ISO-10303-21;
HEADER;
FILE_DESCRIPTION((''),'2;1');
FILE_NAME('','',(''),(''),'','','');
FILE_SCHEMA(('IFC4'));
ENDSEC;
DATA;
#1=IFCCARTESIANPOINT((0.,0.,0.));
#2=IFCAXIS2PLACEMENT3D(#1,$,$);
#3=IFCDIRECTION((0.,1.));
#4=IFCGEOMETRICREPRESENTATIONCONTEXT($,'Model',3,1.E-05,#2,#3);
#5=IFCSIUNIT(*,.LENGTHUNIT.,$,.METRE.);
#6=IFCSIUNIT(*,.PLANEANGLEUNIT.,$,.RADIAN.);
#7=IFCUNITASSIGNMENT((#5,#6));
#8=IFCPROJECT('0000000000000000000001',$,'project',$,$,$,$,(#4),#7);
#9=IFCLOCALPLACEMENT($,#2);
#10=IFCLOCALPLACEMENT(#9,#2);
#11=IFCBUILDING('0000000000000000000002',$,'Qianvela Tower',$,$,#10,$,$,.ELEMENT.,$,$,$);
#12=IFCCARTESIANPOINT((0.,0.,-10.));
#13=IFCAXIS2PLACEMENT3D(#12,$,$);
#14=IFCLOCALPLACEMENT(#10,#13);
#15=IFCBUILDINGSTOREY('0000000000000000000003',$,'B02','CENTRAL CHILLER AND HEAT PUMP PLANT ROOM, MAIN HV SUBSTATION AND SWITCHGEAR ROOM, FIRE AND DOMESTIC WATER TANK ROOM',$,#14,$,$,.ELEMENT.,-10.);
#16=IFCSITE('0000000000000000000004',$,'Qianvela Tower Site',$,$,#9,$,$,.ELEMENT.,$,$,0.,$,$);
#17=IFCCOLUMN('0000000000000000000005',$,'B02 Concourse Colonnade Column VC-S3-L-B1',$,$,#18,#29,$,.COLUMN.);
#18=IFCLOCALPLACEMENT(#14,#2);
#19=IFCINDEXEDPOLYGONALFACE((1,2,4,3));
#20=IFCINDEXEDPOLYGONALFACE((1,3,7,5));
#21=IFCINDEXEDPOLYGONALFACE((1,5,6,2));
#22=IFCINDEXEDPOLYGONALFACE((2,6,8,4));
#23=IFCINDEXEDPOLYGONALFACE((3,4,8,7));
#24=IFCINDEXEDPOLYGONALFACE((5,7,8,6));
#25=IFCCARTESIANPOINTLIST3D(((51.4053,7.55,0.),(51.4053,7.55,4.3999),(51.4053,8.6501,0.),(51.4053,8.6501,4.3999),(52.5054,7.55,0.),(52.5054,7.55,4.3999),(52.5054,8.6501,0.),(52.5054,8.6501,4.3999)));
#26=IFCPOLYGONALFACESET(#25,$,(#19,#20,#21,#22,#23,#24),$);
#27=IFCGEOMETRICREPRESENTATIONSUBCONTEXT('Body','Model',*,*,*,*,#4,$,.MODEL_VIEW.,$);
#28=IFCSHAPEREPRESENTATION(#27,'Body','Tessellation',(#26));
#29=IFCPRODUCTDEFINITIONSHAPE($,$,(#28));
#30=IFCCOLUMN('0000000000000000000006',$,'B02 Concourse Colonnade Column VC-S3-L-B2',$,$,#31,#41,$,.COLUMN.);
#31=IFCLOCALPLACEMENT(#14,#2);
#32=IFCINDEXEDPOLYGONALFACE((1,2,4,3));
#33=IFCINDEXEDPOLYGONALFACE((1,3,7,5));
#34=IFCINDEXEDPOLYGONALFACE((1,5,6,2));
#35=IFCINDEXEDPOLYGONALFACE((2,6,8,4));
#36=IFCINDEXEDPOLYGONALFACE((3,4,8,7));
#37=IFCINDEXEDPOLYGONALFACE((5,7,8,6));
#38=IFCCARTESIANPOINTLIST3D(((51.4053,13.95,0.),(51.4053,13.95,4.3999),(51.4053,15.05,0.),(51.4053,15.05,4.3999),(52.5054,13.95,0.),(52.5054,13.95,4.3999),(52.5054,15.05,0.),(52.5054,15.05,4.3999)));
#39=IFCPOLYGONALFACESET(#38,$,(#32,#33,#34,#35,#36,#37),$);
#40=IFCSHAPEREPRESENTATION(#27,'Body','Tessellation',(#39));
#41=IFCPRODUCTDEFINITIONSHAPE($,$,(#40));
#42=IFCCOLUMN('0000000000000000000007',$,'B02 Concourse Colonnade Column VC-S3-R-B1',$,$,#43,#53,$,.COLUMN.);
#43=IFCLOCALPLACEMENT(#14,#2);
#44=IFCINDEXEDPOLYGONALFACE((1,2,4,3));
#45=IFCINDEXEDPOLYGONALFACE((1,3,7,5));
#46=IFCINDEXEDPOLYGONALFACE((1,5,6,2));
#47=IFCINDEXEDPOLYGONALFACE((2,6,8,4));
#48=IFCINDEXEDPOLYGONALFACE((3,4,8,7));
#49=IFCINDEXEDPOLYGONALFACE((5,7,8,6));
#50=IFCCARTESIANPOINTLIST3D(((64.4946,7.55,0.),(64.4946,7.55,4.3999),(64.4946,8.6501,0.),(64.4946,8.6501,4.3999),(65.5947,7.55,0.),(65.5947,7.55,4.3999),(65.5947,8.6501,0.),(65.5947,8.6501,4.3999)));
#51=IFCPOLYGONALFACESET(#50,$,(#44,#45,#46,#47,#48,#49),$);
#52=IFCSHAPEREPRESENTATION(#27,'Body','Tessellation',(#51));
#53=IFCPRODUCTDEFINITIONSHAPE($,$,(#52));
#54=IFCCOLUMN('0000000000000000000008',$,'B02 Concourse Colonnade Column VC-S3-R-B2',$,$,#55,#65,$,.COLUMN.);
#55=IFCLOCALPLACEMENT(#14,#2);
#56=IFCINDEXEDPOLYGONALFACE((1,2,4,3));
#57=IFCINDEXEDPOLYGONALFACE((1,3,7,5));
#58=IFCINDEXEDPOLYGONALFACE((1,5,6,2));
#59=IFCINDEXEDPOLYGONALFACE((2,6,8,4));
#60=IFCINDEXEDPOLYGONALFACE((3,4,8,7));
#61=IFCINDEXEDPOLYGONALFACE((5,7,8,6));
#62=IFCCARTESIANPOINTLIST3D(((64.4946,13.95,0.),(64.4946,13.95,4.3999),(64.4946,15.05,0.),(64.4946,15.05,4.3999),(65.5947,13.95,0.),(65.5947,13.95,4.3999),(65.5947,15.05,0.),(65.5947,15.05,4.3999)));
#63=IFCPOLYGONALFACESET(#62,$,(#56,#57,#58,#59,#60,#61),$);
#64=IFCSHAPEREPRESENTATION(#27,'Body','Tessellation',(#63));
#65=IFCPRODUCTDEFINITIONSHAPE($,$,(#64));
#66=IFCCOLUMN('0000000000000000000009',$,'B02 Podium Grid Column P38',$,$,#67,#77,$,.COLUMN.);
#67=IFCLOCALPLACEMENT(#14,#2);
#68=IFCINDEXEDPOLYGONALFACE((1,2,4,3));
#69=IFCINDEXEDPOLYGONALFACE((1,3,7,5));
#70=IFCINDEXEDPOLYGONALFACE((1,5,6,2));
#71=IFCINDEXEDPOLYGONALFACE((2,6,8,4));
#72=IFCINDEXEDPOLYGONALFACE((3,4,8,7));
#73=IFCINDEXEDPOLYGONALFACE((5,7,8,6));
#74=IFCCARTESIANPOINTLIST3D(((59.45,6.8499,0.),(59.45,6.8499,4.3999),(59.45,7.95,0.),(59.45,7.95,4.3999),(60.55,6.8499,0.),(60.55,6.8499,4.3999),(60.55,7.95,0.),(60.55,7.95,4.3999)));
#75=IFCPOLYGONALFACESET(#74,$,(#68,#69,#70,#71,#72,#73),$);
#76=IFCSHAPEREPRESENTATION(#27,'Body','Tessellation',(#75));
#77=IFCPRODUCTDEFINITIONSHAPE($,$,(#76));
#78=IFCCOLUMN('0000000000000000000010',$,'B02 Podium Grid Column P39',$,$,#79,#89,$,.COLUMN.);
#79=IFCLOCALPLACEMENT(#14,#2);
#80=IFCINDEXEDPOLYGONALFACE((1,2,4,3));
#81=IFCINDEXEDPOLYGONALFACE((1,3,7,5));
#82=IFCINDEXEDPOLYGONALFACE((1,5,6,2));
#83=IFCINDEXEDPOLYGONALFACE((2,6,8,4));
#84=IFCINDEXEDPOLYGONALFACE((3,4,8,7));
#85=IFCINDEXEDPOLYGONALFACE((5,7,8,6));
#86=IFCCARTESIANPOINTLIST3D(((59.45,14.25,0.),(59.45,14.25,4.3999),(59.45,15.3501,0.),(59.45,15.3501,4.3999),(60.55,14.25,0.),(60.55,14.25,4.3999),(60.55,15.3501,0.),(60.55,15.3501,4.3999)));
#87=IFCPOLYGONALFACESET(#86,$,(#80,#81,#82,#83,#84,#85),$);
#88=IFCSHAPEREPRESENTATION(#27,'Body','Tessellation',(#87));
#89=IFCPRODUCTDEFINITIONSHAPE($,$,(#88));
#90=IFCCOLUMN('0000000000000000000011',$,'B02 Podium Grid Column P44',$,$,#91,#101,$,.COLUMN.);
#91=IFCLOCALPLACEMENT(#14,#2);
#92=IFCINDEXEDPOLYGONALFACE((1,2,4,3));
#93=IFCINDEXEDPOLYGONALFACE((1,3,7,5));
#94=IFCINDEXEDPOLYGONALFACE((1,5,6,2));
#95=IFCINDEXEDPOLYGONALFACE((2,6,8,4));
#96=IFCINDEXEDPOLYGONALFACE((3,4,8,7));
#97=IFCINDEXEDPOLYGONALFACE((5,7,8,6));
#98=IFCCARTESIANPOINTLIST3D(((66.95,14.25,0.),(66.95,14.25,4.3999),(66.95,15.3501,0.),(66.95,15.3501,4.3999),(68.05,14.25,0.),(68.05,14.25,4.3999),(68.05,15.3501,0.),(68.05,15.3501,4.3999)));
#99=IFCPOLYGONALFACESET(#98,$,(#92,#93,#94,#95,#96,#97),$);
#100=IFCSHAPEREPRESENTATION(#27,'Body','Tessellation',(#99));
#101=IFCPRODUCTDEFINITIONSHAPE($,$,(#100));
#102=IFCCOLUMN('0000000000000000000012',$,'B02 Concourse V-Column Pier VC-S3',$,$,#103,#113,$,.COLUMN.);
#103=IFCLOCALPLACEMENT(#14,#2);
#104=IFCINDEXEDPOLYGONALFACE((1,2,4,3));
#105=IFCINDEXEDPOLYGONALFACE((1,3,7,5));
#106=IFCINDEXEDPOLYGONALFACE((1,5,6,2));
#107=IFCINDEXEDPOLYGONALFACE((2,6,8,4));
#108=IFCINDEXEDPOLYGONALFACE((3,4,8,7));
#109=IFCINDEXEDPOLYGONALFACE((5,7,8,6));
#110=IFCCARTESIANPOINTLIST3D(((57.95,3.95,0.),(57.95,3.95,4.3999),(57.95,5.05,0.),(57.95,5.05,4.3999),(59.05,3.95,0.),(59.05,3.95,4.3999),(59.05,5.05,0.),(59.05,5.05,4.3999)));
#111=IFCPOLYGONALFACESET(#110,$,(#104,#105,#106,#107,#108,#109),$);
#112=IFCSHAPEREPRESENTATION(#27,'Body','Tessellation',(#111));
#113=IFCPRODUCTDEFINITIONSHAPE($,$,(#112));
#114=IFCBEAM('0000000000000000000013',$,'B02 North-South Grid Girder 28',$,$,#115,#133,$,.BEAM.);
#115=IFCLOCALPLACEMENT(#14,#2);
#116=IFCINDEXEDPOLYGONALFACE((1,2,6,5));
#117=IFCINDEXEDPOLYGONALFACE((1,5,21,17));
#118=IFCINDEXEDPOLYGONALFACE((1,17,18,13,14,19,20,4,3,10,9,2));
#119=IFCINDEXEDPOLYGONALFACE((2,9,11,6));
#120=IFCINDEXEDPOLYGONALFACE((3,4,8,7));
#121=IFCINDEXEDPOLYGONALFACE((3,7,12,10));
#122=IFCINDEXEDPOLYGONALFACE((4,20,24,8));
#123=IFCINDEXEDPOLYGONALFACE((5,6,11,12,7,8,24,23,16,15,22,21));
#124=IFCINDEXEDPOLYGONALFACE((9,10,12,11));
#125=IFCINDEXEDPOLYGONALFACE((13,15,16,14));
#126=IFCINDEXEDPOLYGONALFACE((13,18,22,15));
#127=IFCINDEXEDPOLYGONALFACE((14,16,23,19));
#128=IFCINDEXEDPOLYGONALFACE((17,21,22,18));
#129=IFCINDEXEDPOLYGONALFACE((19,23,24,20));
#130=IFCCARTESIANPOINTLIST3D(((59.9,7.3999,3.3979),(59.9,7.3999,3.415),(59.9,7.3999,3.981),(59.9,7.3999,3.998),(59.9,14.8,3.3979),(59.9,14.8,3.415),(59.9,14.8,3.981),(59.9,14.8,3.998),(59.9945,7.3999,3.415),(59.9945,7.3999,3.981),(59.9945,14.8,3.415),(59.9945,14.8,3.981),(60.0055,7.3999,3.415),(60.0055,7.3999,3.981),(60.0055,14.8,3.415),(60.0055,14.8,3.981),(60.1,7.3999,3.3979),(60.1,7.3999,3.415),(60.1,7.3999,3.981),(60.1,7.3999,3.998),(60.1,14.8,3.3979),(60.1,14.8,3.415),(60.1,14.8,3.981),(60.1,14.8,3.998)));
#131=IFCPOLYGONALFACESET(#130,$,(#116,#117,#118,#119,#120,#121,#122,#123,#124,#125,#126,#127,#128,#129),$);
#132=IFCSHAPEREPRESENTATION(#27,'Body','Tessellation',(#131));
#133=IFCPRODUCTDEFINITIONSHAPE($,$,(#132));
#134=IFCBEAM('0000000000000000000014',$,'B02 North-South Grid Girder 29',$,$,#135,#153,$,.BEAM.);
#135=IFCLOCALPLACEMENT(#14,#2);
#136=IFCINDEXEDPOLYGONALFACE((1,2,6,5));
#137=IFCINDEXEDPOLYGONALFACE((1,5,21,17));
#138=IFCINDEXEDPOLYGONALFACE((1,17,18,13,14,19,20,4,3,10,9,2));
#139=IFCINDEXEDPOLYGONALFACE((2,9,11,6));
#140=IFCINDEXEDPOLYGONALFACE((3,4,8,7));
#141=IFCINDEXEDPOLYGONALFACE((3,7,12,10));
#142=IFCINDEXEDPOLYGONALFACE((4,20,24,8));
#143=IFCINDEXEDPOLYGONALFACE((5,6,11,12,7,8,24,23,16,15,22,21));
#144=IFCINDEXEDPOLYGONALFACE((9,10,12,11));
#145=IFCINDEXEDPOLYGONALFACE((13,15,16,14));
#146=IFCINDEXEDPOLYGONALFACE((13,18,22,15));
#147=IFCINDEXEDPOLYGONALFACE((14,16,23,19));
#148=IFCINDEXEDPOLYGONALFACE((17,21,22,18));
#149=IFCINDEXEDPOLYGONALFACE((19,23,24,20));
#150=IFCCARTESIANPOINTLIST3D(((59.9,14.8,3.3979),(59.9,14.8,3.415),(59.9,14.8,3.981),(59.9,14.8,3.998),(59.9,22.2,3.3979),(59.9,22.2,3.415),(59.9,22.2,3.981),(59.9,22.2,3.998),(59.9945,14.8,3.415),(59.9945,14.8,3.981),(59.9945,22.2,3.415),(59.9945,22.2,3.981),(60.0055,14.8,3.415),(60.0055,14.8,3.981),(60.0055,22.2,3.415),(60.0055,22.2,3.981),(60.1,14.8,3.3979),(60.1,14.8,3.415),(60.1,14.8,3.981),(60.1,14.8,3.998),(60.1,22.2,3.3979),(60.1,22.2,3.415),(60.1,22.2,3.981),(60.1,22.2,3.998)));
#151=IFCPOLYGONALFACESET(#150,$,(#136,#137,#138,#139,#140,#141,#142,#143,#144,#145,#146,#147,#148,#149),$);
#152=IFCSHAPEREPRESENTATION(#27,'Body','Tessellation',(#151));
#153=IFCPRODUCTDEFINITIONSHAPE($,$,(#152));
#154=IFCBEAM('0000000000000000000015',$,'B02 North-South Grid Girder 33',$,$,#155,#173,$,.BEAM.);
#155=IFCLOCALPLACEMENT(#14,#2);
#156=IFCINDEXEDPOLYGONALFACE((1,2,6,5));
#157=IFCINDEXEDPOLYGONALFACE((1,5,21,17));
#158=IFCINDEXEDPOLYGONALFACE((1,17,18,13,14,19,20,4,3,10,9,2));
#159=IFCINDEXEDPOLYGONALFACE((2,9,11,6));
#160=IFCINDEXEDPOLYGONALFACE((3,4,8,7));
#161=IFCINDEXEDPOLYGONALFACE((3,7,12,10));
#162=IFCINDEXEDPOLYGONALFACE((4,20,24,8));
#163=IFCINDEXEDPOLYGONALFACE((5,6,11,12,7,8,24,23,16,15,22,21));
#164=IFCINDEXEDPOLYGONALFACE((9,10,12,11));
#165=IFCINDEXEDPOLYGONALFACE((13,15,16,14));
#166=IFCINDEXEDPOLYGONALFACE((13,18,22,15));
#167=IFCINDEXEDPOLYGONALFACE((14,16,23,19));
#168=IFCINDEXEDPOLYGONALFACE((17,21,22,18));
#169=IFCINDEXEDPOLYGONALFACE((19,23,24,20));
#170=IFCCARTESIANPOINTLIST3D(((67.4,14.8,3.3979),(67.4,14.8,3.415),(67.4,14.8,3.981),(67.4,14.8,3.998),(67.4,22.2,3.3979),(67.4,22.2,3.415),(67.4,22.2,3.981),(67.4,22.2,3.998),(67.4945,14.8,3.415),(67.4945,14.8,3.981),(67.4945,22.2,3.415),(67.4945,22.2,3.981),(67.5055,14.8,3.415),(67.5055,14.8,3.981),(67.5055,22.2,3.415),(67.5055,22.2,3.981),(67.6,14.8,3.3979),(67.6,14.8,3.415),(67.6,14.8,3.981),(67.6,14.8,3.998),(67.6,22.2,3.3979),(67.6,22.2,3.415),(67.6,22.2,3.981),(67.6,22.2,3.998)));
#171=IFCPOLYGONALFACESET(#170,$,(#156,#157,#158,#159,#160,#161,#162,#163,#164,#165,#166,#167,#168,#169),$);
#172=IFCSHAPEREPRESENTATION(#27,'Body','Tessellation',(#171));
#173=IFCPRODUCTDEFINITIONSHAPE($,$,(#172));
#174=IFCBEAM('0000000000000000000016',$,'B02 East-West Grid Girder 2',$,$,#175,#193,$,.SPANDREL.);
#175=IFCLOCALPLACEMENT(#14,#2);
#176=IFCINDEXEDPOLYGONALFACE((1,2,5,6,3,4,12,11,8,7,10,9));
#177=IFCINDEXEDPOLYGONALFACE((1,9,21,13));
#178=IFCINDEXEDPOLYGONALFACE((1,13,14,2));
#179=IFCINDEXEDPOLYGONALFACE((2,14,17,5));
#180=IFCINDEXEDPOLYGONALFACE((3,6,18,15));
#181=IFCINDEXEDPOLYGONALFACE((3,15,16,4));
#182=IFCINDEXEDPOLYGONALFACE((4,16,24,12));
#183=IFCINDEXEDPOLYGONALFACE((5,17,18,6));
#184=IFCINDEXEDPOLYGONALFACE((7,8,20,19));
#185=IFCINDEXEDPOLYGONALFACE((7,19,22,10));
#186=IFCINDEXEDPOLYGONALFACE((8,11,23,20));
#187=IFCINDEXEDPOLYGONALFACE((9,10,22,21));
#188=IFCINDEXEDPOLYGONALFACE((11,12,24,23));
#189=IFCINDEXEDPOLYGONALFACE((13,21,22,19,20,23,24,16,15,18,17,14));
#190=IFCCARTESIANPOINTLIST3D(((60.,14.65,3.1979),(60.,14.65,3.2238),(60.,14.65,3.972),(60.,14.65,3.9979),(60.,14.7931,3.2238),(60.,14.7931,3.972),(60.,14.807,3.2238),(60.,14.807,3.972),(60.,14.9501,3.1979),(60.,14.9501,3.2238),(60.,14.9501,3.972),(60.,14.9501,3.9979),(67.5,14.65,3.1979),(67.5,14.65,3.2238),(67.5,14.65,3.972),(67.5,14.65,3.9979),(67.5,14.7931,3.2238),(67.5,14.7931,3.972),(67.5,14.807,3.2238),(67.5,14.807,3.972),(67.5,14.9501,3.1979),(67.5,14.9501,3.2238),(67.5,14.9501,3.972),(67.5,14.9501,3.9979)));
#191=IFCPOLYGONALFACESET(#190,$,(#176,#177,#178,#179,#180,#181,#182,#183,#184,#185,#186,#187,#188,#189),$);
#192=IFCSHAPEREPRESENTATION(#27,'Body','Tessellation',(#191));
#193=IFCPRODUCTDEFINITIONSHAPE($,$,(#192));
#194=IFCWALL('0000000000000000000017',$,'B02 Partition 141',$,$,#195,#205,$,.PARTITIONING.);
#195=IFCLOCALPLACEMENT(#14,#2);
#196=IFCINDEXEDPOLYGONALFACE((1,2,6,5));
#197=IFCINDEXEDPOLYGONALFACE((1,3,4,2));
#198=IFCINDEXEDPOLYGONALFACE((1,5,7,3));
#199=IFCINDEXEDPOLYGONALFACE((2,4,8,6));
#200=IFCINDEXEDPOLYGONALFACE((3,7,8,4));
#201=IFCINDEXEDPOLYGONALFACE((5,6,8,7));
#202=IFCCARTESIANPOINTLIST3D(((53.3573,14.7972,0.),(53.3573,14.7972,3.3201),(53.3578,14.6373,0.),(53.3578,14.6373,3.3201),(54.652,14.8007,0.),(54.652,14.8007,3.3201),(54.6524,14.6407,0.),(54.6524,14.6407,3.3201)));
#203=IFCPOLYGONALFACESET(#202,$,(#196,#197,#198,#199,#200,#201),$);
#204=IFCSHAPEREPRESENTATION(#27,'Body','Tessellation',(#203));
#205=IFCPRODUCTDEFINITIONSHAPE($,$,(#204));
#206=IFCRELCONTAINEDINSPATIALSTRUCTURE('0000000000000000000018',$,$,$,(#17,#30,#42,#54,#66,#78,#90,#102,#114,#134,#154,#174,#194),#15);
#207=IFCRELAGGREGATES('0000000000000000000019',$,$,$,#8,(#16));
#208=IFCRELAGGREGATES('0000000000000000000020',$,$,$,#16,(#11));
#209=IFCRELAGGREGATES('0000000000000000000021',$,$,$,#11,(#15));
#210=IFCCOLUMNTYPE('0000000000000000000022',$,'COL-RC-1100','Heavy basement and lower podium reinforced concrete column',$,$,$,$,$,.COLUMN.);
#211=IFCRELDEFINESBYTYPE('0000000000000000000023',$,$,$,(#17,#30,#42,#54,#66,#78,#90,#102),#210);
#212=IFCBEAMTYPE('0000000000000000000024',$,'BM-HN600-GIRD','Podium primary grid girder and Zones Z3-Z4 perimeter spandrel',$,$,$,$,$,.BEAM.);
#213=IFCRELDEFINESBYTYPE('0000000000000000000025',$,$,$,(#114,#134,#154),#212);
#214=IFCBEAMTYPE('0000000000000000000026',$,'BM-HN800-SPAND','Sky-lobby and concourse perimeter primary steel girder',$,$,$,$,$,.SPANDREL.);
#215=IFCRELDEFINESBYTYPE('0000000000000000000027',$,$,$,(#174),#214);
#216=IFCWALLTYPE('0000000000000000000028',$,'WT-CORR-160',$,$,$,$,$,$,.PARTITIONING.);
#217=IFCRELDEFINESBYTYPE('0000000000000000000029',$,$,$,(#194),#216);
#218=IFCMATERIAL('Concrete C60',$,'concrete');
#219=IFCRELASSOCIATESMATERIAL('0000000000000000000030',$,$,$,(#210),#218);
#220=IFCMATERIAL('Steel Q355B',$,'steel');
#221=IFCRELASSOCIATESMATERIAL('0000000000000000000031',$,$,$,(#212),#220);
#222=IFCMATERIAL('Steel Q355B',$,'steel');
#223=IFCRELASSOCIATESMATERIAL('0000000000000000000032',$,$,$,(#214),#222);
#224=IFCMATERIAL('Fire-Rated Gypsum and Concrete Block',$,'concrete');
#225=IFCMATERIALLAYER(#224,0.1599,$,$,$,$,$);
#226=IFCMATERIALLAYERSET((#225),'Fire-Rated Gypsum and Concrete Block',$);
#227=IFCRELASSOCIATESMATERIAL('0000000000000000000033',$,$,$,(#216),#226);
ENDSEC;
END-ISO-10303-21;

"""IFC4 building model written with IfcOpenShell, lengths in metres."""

from ifc_helpers import new_model, si_unit, direction, frame, frame_2d, origin, origin_2d, place, context, subcontext, project, spatial, rectangle, i_section, extrude, material, layer, layer_set, material_profile, profile_set, type_object, element, save


model = new_model("IFC4")

# Units and contexts
model_context = context("Model", 3, precision=1e-05, world=origin(), true_north=direction((0.0, 1.0)))
body_context = subcontext(model_context, "Body", "Model", "MODEL_VIEW")
ifc_project = project(units=[si_unit("LENGTHUNIT", "METRE"), si_unit("PLANEANGLEUNIT", "RADIAN")], contexts=[model_context])

# Site, building, storey
site_placement = place(None, origin())
site = spatial("IfcSite", under=ifc_project, at=site_placement, Name="Qianvela Tower Site", CompositionType="ELEMENT", RefElevation=0.0)
building_placement = place(site_placement, origin())
building = spatial("IfcBuilding", under=site, at=building_placement, Name="Qianvela Tower", CompositionType="ELEMENT")
storey_placement = place(building_placement, frame((0.0, 0.0, -10.0)))
storey = spatial("IfcBuildingStorey", under=building, at=storey_placement, Name="B02", Description="CENTRAL CHILLER AND HEAT PUMP PLANT ROOM, MAIN HV SUBSTATION AND SWITCHGEAR ROOM, FIRE AND DOMESTIC WATER TANK ROOM", CompositionType="ELEMENT", Elevation=-10.0)

# Columns
ifc_material_1 = material(Name="Concrete C60", Category="concrete")
ifc_material_profile_1 = material_profile(ifc_material_1, rectangle(XDim=1.1001, YDim=1.1001, at=origin_2d()), Name="RC-COL-1100x1100")
ifc_profile_set_1 = profile_set([ifc_material_profile_1], Name="Concrete C60")
column_type = type_object("IfcColumnType", Name="COL-RC-1100", Description="Heavy basement and lower podium reinforced concrete column", PredefinedType="COLUMN", material=ifc_profile_set_1)
for number, where, z_axis, x_axis, name in (
    (1, (51.9553, 8.1001, 0.0), (0.0, 0.0, 1.0), (1.0, 0.0, 0.0), "B02 Concourse Colonnade Column VC-S3-L-B1"),
    (2, (51.9553, 14.5, 0.0), (0.0, 0.0, 1.0), (1.0, 0.0, 0.0), "B02 Concourse Colonnade Column VC-S3-L-B2"),
    (3, (65.0447, 8.1001, 0.0), (0.0, 0.0, 1.0), (1.0, 0.0, 0.0), "B02 Concourse Colonnade Column VC-S3-R-B1"),
    (4, (65.0447, 14.5, 0.0), (0.0, 0.0, 1.0), (1.0, 0.0, 0.0), "B02 Concourse Colonnade Column VC-S3-R-B2"),
    (5, (60.0, 7.3999, 0.0), (0.0, 0.0, 1.0), (1.0, 0.0, 0.0), "B02 Podium Grid Column P38"),
    (6, (60.0, 14.8, 0.0), (0.0, 0.0, 1.0), (1.0, 0.0, 0.0), "B02 Podium Grid Column P39"),
    (7, (67.5, 14.8, 0.0), (0.0, 0.0, 1.0), (1.0, 0.0, 0.0), "B02 Podium Grid Column P44"),
    (8, (58.5, 4.5, 0.0), (0.0, 0.0, 1.0), (1.0, 0.0, 0.0), "B02 Concourse V-Column Pier VC-S3"),
):
    element("IfcColumn", number, at=place(storey_placement, frame(where, z_axis=z_axis, x_axis=x_axis)), inside=storey, type_object=column_type, Name=name, PredefinedType="COLUMN", context=body_context, shape_type="SweptSolid", body=[
        extrude(rectangle(XDim=1.1001, YDim=1.1001, at=origin_2d()), origin(), (0.0, 0.0, 1.0), 4.3999),
    ])

# Beams
ifc_material_2 = material(Name="Steel Q355B", Category="steel")
ifc_material_profile_2 = material_profile(ifc_material_2, i_section(OverallWidth=0.2, OverallDepth=0.6001, WebThickness=0.011, FlangeThickness=0.0171, at=origin_2d()), Name="HN600x200x11x17")
ifc_profile_set_2 = profile_set([ifc_material_profile_2], Name="Steel Q355B")
beam_type_1 = type_object("IfcBeamType", Name="BM-HN600-GIRD", Description="Podium primary grid girder and Zones Z3-Z4 perimeter spandrel", PredefinedType="BEAM", material=ifc_profile_set_2)
beam_1_placement = place(storey_placement, frame((60.0, 7.3999, 3.698), z_axis=(0.0, 1.0, 0.0), x_axis=(-1.0, 0.0, 0.0)))
element("IfcBeam", 9, at=beam_1_placement, inside=storey, type_object=beam_type_1, Name="B02 North-South Grid Girder 28", PredefinedType="BEAM", context=body_context, shape_type="SweptSolid", body=[
    extrude(i_section(OverallWidth=0.2, OverallDepth=0.6001, WebThickness=0.011, FlangeThickness=0.0171, at=origin_2d()), origin(), (0.0, 0.0, 1.0), 7.4001),
])
for number, where, z_axis, x_axis, name in (
    (10, (60.0, 14.8, 3.698), (0.0, 1.0, 0.0), (-1.0, 0.0, 0.0), "B02 North-South Grid Girder 29"),
    (11, (67.5, 14.8, 3.698), (0.0, 1.0, 0.0), (-1.0, 0.0, 0.0), "B02 North-South Grid Girder 33"),
):
    element("IfcBeam", number, at=place(storey_placement, frame(where, z_axis=z_axis, x_axis=x_axis)), inside=storey, type_object=beam_type_1, Name=name, PredefinedType="BEAM", context=body_context, shape_type="SweptSolid", body=[
        extrude(i_section(OverallWidth=0.2, OverallDepth=0.6001, WebThickness=0.011, FlangeThickness=0.0171, at=origin_2d()), origin(), (0.0, 0.0, 1.0), 7.3999),
    ])
ifc_material_3 = material(Name="Steel Q355B", Category="steel")
ifc_material_profile_3 = material_profile(ifc_material_3, i_section(OverallWidth=0.3, OverallDepth=0.8, WebThickness=0.0139, FlangeThickness=0.0259, at=origin_2d()), Name="HN800x300x14x26")
ifc_profile_set_3 = profile_set([ifc_material_profile_3], Name="Steel Q355B")
beam_type_2 = type_object("IfcBeamType", Name="BM-HN800-SPAND", Description="Sky-lobby and concourse perimeter primary steel girder", PredefinedType="SPANDREL", material=ifc_profile_set_3)
beam_2_placement = place(storey_placement, frame((60.0, 14.8, 3.5979), z_axis=(1.0, 0.0, 0.0), x_axis=(0.0, 1.0, 0.0)))
element("IfcBeam", 12, at=beam_2_placement, inside=storey, type_object=beam_type_2, Name="B02 East-West Grid Girder 2", PredefinedType="SPANDREL", context=body_context, shape_type="SweptSolid", body=[
    extrude(i_section(OverallWidth=0.3, OverallDepth=0.8, WebThickness=0.0139, FlangeThickness=0.0259, at=origin_2d()), origin(), (0.0, 0.0, 1.0), 7.5),
])

# Wall
ifc_material_4 = material(Name="Fire-Rated Gypsum and Concrete Block", Category="concrete")
ifc_layer_1 = layer(ifc_material_4, 0.1599)
ifc_layer_set_1 = layer_set([ifc_layer_1], Name="Fire-Rated Gypsum and Concrete Block")
wall_type_1 = type_object("IfcWallType", Name="WT-CORR-160", PredefinedType="PARTITIONING", material=ifc_layer_set_1)
wall_1_placement = place(storey_placement, frame((54.6523, 14.7207, 0.0), z_axis=(0.0, 0.0, 1.0), x_axis=(-0.999997, -0.00264, 0.0)))
element("IfcWall", 13, at=wall_1_placement, inside=storey, type_object=wall_type_1, Name="B02 Partition 141", PredefinedType="PARTITIONING", context=body_context, shape_type="SweptSolid", body=[
    extrude(rectangle(XDim=1.2947, YDim=0.1599, at=frame_2d((0.6475, 0.0))), origin(), (0.0, 0.0, 1.0), 3.3201),
])

save(model, "model.ifc")
